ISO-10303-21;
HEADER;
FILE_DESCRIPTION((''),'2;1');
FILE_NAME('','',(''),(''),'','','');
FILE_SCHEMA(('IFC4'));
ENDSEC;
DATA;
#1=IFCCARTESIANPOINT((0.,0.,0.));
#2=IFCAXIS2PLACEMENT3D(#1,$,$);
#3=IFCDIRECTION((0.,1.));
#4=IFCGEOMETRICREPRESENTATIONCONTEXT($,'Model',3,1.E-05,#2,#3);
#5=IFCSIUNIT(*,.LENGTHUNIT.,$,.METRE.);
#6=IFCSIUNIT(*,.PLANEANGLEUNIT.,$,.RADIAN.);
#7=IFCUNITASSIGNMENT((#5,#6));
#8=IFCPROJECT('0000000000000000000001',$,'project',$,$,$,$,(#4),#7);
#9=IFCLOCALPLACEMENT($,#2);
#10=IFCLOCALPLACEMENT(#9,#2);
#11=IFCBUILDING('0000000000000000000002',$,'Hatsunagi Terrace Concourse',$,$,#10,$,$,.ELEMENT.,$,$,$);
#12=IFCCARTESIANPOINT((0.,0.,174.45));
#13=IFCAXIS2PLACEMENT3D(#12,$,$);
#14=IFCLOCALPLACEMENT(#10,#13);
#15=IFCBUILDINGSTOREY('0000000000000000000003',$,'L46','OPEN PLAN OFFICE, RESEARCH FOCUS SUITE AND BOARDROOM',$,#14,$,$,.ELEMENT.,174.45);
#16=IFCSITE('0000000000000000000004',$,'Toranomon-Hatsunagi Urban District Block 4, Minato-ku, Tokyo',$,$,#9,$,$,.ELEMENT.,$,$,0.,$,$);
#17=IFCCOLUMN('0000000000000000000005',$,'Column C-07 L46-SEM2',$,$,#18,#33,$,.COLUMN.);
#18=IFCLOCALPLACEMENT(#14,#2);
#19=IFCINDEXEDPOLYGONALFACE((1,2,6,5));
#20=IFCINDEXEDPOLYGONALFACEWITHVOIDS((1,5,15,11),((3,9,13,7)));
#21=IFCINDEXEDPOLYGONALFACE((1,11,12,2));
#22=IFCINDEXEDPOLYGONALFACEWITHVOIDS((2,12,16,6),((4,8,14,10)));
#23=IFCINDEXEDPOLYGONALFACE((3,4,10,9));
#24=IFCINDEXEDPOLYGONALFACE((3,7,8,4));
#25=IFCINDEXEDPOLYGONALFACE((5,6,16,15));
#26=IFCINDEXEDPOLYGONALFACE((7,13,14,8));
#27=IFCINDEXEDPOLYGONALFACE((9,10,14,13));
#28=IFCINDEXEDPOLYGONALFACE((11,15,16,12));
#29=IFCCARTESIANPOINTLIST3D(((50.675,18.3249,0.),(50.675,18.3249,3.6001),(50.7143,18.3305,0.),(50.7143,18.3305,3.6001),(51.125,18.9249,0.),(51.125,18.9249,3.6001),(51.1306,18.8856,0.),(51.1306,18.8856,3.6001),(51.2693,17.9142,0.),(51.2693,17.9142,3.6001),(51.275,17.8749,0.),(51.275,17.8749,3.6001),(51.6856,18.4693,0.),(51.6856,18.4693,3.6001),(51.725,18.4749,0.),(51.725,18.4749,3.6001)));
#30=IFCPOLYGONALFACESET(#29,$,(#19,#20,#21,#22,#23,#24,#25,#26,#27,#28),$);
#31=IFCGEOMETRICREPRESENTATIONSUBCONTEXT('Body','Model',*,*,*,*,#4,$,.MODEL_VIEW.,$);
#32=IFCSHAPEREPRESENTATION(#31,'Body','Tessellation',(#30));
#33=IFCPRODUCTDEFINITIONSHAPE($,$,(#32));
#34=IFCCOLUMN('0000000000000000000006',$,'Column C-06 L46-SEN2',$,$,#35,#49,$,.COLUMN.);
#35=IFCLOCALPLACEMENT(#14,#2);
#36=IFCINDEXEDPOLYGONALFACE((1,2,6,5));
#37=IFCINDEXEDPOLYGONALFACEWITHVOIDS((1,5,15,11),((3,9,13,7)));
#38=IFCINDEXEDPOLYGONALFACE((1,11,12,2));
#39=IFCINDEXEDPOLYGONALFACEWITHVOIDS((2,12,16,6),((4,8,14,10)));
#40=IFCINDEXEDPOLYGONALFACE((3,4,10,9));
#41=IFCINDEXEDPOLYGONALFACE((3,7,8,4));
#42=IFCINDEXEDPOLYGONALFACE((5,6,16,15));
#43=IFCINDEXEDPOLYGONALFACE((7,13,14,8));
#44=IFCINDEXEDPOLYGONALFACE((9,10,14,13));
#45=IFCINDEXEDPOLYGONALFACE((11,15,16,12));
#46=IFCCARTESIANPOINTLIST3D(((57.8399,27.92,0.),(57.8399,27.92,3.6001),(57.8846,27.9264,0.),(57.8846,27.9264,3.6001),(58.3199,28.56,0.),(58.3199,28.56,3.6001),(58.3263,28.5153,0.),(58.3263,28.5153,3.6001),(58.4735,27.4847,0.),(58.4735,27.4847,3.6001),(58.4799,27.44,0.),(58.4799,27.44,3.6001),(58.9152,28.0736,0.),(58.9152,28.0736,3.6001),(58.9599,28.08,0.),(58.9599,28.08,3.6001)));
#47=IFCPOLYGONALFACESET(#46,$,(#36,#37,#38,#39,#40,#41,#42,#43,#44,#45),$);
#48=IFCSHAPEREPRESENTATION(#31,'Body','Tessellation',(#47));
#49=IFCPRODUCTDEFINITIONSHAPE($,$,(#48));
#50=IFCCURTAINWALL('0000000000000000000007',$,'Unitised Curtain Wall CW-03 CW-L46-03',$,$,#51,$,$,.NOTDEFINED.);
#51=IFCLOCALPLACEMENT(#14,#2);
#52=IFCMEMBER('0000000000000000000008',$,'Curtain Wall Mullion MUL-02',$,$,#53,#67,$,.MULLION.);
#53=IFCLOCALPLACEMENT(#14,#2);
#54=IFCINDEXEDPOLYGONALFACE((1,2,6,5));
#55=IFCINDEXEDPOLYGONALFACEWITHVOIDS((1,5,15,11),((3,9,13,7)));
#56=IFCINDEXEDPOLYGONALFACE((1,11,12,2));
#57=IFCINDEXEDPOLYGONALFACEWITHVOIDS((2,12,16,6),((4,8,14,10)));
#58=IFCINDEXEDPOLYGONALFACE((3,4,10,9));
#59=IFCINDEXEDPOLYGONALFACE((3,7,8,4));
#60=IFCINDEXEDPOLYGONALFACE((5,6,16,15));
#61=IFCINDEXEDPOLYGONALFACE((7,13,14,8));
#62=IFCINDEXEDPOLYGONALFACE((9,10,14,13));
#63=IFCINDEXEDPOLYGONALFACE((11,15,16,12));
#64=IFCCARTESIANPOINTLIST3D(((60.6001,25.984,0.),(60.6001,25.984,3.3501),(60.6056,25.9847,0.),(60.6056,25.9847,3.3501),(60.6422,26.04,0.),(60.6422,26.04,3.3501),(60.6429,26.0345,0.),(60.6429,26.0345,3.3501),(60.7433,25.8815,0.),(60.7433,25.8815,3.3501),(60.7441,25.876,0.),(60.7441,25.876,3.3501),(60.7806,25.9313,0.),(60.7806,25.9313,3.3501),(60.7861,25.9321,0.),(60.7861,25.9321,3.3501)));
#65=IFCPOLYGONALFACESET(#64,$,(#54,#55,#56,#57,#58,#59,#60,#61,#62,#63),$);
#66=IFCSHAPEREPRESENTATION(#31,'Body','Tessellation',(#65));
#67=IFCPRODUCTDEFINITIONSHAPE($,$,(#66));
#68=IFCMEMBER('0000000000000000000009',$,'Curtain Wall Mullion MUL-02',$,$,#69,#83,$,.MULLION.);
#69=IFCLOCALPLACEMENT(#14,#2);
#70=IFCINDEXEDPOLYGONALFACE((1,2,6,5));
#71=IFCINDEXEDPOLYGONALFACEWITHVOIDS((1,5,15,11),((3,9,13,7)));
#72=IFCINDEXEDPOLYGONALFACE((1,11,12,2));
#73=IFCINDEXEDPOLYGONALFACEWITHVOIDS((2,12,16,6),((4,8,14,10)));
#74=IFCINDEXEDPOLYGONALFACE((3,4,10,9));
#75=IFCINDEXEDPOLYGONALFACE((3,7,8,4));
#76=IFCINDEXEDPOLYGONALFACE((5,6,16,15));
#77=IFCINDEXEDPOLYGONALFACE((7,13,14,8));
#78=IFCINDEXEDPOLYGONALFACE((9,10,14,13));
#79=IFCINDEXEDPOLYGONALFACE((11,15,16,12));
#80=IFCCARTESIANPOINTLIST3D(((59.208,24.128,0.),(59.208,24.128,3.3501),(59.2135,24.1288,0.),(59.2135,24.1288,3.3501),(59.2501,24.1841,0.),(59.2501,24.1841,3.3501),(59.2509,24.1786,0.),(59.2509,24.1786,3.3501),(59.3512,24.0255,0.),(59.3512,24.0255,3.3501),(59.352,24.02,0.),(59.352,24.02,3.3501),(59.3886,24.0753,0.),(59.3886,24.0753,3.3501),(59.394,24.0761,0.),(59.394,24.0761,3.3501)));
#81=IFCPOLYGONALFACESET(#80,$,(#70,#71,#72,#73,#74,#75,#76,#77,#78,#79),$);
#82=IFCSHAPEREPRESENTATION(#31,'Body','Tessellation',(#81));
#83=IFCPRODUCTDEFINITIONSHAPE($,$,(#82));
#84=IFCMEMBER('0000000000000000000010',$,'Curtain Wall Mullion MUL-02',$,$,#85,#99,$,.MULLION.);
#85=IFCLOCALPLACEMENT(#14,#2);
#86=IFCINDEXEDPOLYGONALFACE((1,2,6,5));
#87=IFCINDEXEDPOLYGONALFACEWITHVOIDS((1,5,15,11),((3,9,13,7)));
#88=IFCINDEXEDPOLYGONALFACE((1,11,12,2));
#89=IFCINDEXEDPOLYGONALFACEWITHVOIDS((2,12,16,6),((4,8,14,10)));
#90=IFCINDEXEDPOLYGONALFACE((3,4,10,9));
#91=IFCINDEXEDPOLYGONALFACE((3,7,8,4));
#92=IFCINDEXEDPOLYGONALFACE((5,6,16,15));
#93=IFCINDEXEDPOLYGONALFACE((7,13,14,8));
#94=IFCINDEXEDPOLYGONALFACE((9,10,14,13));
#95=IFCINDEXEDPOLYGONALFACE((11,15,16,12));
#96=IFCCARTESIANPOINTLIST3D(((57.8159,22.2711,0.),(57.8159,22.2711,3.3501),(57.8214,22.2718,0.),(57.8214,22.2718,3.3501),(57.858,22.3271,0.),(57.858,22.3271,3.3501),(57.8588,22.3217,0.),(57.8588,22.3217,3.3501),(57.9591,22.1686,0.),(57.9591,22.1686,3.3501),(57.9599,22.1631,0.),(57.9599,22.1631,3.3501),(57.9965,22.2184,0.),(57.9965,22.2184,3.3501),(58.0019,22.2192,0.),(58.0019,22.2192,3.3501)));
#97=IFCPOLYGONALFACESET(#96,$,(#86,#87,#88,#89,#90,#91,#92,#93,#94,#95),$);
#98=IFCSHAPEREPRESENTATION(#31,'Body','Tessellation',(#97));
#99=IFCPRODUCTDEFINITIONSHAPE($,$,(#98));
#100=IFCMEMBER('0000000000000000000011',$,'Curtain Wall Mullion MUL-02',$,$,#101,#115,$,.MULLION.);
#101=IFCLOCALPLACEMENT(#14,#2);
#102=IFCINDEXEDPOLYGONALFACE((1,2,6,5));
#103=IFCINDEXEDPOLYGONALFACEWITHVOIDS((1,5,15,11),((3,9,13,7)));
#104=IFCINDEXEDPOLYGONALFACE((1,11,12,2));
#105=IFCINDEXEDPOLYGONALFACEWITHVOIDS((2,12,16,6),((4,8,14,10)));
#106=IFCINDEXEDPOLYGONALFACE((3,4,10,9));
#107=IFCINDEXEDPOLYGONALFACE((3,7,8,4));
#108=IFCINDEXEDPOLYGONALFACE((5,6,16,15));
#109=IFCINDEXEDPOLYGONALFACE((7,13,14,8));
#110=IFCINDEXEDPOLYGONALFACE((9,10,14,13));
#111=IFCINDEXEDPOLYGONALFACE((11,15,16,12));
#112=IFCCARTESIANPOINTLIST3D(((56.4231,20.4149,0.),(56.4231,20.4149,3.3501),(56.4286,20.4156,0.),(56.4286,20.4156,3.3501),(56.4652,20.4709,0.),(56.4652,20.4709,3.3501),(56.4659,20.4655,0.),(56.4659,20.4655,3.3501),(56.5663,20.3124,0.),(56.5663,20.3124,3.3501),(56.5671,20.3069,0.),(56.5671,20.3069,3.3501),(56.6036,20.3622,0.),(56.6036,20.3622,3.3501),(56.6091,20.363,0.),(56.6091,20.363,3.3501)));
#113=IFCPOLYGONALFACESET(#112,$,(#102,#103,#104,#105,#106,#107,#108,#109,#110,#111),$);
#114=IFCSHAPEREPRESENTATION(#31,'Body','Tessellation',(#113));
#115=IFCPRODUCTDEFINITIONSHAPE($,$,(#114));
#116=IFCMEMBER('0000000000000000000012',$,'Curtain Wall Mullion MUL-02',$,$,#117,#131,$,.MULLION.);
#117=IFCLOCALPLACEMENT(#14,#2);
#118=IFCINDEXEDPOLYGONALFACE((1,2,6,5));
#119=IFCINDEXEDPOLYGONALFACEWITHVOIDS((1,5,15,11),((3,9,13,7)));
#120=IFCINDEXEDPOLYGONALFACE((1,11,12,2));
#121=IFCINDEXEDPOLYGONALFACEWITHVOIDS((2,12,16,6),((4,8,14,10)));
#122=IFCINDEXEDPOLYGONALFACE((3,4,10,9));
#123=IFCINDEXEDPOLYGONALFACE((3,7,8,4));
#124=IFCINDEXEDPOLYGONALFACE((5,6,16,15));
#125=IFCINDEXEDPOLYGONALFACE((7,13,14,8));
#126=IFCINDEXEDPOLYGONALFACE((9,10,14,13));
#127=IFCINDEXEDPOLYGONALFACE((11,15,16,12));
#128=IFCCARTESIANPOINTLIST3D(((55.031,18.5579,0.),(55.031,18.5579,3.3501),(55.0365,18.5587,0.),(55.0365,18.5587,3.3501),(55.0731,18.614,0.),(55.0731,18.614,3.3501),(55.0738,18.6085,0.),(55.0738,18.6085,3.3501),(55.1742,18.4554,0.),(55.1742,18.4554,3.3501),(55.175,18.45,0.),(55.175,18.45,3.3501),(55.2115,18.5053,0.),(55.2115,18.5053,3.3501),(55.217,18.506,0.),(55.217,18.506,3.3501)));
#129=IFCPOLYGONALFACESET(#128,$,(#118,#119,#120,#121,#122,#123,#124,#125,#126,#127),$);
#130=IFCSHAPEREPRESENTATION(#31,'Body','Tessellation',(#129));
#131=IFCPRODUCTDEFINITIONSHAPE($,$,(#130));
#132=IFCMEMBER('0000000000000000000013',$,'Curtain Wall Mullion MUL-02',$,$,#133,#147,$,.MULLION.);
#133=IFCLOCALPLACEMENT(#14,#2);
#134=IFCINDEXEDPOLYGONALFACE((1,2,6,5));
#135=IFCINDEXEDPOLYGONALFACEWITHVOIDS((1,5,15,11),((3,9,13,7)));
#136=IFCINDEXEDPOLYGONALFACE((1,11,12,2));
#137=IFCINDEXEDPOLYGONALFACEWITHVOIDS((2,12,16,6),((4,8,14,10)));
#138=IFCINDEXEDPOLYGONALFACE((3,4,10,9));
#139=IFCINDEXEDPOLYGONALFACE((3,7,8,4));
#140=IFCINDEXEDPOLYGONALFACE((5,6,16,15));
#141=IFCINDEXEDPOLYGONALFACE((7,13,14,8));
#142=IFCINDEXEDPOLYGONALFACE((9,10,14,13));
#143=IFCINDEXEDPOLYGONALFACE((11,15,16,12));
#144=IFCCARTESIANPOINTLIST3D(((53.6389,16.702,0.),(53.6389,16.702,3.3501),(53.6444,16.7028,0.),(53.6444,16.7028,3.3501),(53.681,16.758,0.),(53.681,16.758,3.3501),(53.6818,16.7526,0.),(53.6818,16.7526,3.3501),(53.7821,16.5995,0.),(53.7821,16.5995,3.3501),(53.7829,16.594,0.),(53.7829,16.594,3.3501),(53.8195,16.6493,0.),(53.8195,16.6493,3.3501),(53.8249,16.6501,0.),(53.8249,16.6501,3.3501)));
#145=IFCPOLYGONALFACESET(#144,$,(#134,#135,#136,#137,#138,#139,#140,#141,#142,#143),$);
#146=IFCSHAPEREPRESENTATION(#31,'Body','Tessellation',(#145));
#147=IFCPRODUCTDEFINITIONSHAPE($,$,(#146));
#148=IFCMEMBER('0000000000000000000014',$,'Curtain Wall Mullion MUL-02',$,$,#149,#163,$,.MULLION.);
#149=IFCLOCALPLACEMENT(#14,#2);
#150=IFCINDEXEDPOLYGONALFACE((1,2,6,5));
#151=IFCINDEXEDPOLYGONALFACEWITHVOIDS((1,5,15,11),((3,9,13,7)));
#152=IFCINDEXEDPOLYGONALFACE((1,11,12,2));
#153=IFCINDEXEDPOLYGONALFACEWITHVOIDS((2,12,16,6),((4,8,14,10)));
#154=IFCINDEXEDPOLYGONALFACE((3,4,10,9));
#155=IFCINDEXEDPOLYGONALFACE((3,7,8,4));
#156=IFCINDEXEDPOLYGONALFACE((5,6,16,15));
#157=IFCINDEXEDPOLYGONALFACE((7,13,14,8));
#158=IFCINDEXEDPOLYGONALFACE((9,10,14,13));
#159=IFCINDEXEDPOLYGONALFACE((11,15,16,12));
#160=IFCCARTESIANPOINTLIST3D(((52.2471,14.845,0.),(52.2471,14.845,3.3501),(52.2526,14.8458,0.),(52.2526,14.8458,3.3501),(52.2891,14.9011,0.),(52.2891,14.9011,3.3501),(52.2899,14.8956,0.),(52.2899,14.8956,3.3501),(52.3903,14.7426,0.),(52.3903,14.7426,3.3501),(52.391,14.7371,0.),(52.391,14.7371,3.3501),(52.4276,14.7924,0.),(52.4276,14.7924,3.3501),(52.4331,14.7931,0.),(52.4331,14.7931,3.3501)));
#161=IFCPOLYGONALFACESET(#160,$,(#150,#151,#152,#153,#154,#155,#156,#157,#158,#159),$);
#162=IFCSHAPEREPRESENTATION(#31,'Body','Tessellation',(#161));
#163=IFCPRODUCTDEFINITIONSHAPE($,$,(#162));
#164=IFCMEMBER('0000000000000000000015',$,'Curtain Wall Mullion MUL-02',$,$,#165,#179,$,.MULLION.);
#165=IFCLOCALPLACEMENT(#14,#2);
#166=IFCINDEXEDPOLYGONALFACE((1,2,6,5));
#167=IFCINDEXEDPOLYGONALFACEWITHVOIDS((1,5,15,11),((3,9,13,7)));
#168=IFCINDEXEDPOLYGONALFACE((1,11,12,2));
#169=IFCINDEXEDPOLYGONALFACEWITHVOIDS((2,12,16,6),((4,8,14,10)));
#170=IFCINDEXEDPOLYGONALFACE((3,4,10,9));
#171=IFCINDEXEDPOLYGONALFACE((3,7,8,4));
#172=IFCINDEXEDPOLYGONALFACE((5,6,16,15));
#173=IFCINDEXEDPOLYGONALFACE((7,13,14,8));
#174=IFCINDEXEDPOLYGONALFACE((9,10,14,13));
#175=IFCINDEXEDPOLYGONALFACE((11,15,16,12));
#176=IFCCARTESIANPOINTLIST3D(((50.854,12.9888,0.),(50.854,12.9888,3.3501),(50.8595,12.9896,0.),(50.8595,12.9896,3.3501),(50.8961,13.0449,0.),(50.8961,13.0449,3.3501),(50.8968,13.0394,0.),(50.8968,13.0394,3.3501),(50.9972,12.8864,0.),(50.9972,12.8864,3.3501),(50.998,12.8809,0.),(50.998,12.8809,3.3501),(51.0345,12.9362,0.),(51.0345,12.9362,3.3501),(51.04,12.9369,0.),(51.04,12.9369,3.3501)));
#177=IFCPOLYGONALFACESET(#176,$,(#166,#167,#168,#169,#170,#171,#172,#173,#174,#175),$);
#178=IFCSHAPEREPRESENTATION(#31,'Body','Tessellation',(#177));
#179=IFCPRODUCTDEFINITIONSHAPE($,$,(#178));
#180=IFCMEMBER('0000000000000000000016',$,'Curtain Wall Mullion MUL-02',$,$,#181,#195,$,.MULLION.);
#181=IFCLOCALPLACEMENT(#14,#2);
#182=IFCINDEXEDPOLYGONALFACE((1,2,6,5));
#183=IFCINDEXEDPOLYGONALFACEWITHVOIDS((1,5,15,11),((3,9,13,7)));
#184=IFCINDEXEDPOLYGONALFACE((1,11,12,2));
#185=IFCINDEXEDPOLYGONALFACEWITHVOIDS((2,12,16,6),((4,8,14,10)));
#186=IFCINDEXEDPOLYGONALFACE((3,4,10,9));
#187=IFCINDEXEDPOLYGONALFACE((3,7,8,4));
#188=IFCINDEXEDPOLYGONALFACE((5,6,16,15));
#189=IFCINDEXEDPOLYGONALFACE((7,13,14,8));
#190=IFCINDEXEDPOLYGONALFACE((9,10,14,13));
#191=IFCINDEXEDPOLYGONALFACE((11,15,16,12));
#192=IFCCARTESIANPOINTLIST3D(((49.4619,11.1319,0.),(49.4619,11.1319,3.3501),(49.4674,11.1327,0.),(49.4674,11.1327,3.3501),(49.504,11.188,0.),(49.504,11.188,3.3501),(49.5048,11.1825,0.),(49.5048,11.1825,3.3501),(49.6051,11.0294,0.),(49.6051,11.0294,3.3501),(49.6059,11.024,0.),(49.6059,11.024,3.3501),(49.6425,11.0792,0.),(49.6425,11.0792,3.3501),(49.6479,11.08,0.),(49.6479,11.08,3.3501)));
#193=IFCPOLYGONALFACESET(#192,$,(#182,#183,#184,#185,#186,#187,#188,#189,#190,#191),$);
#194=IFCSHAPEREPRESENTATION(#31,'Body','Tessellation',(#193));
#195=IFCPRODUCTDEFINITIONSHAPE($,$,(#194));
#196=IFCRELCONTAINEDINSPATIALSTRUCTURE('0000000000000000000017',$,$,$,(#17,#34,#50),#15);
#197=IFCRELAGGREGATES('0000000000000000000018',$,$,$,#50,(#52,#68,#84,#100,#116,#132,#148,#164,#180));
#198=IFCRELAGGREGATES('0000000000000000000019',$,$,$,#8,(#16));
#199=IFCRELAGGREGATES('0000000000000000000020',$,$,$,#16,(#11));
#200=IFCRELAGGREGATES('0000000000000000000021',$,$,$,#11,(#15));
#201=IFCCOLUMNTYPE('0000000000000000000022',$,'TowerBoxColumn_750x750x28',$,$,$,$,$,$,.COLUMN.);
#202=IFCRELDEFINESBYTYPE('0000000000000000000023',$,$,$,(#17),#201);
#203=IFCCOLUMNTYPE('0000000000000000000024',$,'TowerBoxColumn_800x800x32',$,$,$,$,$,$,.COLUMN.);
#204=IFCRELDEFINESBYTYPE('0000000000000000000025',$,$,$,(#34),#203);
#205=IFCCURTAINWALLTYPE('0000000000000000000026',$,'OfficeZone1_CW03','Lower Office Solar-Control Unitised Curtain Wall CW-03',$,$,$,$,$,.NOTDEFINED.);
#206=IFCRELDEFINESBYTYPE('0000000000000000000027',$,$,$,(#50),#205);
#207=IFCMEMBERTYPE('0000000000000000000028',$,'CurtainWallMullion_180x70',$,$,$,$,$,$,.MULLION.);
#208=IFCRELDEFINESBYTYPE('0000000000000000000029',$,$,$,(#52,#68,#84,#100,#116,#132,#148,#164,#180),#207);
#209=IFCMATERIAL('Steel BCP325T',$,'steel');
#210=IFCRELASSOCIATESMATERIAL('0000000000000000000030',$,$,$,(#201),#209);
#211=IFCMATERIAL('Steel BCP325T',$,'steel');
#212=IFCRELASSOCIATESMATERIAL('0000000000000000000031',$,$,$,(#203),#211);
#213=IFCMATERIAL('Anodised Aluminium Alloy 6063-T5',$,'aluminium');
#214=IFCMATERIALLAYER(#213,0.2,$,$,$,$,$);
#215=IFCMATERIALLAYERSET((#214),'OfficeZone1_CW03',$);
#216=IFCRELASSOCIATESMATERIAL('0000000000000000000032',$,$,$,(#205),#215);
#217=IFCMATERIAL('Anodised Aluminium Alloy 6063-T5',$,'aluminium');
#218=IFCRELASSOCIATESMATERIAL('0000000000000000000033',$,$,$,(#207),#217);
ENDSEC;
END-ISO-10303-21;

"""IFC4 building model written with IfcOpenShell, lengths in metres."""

from ifc_helpers import new_model, si_unit, direction, frame, origin, origin_2d, place, context, subcontext, project, spatial, hollow_rectangle, extrude, material, layer, layer_set, material_profile, profile_set, type_object, element, aggregate, save


model = new_model("IFC4")

# Units and contexts
model_context = context("Model", 3, precision=1e-05, world=origin(), true_north=direction((0.0, 1.0)))
body_context = subcontext(model_context, "Body", "Model", "MODEL_VIEW")
ifc_project = project(units=[si_unit("LENGTHUNIT", "METRE"), si_unit("PLANEANGLEUNIT", "RADIAN")], contexts=[model_context])

# Site, building, storey
site_placement = place(None, origin())
site = spatial("IfcSite", under=ifc_project, at=site_placement, Name="Toranomon-Hatsunagi Urban District Block 4, Minato-ku, Tokyo", CompositionType="ELEMENT", RefElevation=0.0)
building_placement = place(site_placement, origin())
building = spatial("IfcBuilding", under=site, at=building_placement, Name="Hatsunagi Terrace Concourse", CompositionType="ELEMENT")
storey_placement = place(building_placement, frame((0.0, 0.0, 174.45)))
storey = spatial("IfcBuildingStorey", under=building, at=storey_placement, Name="L46", Description="OPEN PLAN OFFICE, RESEARCH FOCUS SUITE AND BOARDROOM", CompositionType="ELEMENT", Elevation=174.45)

# Columns
ifc_material_1 = material(Name="Steel BCP325T", Category="steel")
ifc_material_profile_1 = material_profile(ifc_material_1, hollow_rectangle(XDim=0.75, YDim=0.75, WallThickness=0.0281, at=origin_2d()), Name="BCP-750x750x28")
ifc_profile_set_1 = profile_set([ifc_material_profile_1], Name="Steel BCP325T")
column_type_1 = type_object("IfcColumnType", Name="TowerBoxColumn_750x750x28", PredefinedType="COLUMN", material=ifc_profile_set_1)
column_1_placement = place(storey_placement, frame((51.2, 18.3999, 0.0), z_axis=(0.0, 0.0, 1.0), x_axis=(0.8, -0.6, 0.0)))
element("IfcColumn", 1, at=column_1_placement, inside=storey, type_object=column_type_1, Name="Column C-07 L46-SEM2", PredefinedType="COLUMN", context=body_context, shape_type="SweptSolid", body=[
    extrude(hollow_rectangle(XDim=0.75, YDim=0.75, WallThickness=0.0281, at=origin_2d()), origin(), (0.0, 0.0, 1.0), 3.6001),
])
ifc_material_2 = material(Name="Steel BCP325T", Category="steel")
ifc_material_profile_2 = material_profile(ifc_material_2, hollow_rectangle(XDim=0.8, YDim=0.8, WallThickness=0.032, at=origin_2d()), Name="BCP-800x800x32")
ifc_profile_set_2 = profile_set([ifc_material_profile_2], Name="Steel BCP325T")
column_type_2 = type_object("IfcColumnType", Name="TowerBoxColumn_800x800x32", PredefinedType="COLUMN", material=ifc_profile_set_2)
column_2_placement = place(storey_placement, frame((58.3999, 28.0, 0.0), z_axis=(0.0, 0.0, 1.0), x_axis=(0.8, -0.6, 0.0)))
element("IfcColumn", 2, at=column_2_placement, inside=storey, type_object=column_type_2, Name="Column C-06 L46-SEN2", PredefinedType="COLUMN", context=body_context, shape_type="SweptSolid", body=[
    extrude(hollow_rectangle(XDim=0.8, YDim=0.8, WallThickness=0.032, at=origin_2d()), origin(), (0.0, 0.0, 1.0), 3.6001),
])

# Curtain wall, members
ifc_material_3 = material(Name="Anodised Aluminium Alloy 6063-T5", Category="aluminium")
ifc_layer_1 = layer(ifc_material_3, 0.2)
ifc_layer_set_1 = layer_set([ifc_layer_1], Name="OfficeZone1_CW03")
curtain_wall_type = type_object("IfcCurtainWallType", Name="OfficeZone1_CW03", Description="Lower Office Solar-Control Unitised Curtain Wall CW-03", PredefinedType="NOTDEFINED", material=ifc_layer_set_1)
curtain_wall_placement = place(storey_placement, origin())
curtain_wall = element("IfcCurtainWall", 3, at=curtain_wall_placement, inside=storey, type_object=curtain_wall_type, Name="Unitised Curtain Wall CW-03 CW-L46-03", PredefinedType="NOTDEFINED")
ifc_material_4 = material(Name="Anodised Aluminium Alloy 6063-T5", Category="aluminium")
ifc_material_profile_3 = material_profile(ifc_material_4, hollow_rectangle(XDim=0.0701, YDim=0.1799, WallThickness=0.0039, at=origin_2d()), Name="ALU-MUL-180x70x4")
ifc_profile_set_3 = profile_set([ifc_material_profile_3], Name="Anodised Aluminium Alloy 6063-T5")
member_type_1 = type_object("IfcMemberType", Name="CurtainWallMullion_180x70", PredefinedType="MULLION", material=ifc_profile_set_3)
member_1_placement = place(storey_placement, frame((60.6931, 25.958, 0.0), z_axis=(0.0, 0.0, 1.0), x_axis=(-0.599969, -0.800023, 0.0)))
member_1 = element("IfcMember", 4, at=member_1_placement, type_object=member_type_1, Name="Curtain Wall Mullion MUL-02", PredefinedType="MULLION", context=body_context, shape_type="SweptSolid", body=[
    extrude(hollow_rectangle(XDim=0.0701, YDim=0.1799, WallThickness=0.0039, at=origin_2d()), origin(), (0.0, 0.0, 1.0), 3.3501),
])
member_2_placement = place(storey_placement, frame((59.301, 24.1021, 0.0), z_axis=(0.0, 0.0, 1.0), x_axis=(-0.599969, -0.800023, 0.0)))
member_2 = element("IfcMember", 5, at=member_2_placement, type_object=member_type_1, Name="Curtain Wall Mullion MUL-02", PredefinedType="MULLION", context=body_context, shape_type="SweptSolid", body=[
    extrude(hollow_rectangle(XDim=0.0701, YDim=0.1799, WallThickness=0.0039, at=origin_2d()), origin(), (0.0, 0.0, 1.0), 3.3501),
])
member_3_placement = place(storey_placement, frame((57.9089, 22.2451, 0.0), z_axis=(0.0, 0.0, 1.0), x_axis=(-0.599969, -0.800023, 0.0)))
member_3 = element("IfcMember", 6, at=member_3_placement, type_object=member_type_1, Name="Curtain Wall Mullion MUL-02", PredefinedType="MULLION", context=body_context, shape_type="SweptSolid", body=[
    extrude(hollow_rectangle(XDim=0.0701, YDim=0.1799, WallThickness=0.0039, at=origin_2d()), origin(), (0.0, 0.0, 1.0), 3.3501),
])
member_4_placement = place(storey_placement, frame((56.5161, 20.3889, 0.0), z_axis=(0.0, 0.0, 1.0), x_axis=(-0.599969, -0.800023, 0.0)))
member_4 = element("IfcMember", 7, at=member_4_placement, type_object=member_type_1, Name="Curtain Wall Mullion MUL-02", PredefinedType="MULLION", context=body_context, shape_type="SweptSolid", body=[
    extrude(hollow_rectangle(XDim=0.0701, YDim=0.1799, WallThickness=0.0039, at=origin_2d()), origin(), (0.0, 0.0, 1.0), 3.3501),
])
member_5_placement = place(storey_placement, frame((55.124, 18.532, 0.0), z_axis=(0.0, 0.0, 1.0), x_axis=(-0.599969, -0.800023, 0.0)))
member_5 = element("IfcMember", 8, at=member_5_placement, type_object=member_type_1, Name="Curtain Wall Mullion MUL-02", PredefinedType="MULLION", context=body_context, shape_type="SweptSolid", body=[
    extrude(hollow_rectangle(XDim=0.0701, YDim=0.1799, WallThickness=0.0039, at=origin_2d()), origin(), (0.0, 0.0, 1.0), 3.3501),
])
member_6_placement = place(storey_placement, frame((53.7319, 16.676, 0.0), z_axis=(0.0, 0.0, 1.0), x_axis=(-0.599969, -0.800023, 0.0)))
member_6 = element("IfcMember", 9, at=member_6_placement, type_object=member_type_1, Name="Curtain Wall Mullion MUL-02", PredefinedType="MULLION", context=body_context, shape_type="SweptSolid", body=[
    extrude(hollow_rectangle(XDim=0.0701, YDim=0.1799, WallThickness=0.0039, at=origin_2d()), origin(), (0.0, 0.0, 1.0), 3.3501),
])
member_7_placement = place(storey_placement, frame((52.3401, 14.8191, 0.0), z_axis=(0.0, 0.0, 1.0), x_axis=(-0.599969, -0.800023, 0.0)))
member_7 = element("IfcMember", 10, at=member_7_placement, type_object=member_type_1, Name="Curtain Wall Mullion MUL-02", PredefinedType="MULLION", context=body_context, shape_type="SweptSolid", body=[
    extrude(hollow_rectangle(XDim=0.0701, YDim=0.1799, WallThickness=0.0039, at=origin_2d()), origin(), (0.0, 0.0, 1.0), 3.3501),
])
member_8_placement = place(storey_placement, frame((50.947, 12.9629, 0.0), z_axis=(0.0, 0.0, 1.0), x_axis=(-0.599969, -0.800023, 0.0)))
member_8 = element("IfcMember", 11, at=member_8_placement, type_object=member_type_1, Name="Curtain Wall Mullion MUL-02", PredefinedType="MULLION", context=body_context, shape_type="SweptSolid", body=[
    extrude(hollow_rectangle(XDim=0.0701, YDim=0.1799, WallThickness=0.0039, at=origin_2d()), origin(), (0.0, 0.0, 1.0), 3.3501),
])
member_9_placement = place(storey_placement, frame((49.5549, 11.106, 0.0), z_axis=(0.0, 0.0, 1.0), x_axis=(-0.599969, -0.800023, 0.0)))
member_9 = element("IfcMember", 12, at=member_9_placement, type_object=member_type_1, Name="Curtain Wall Mullion MUL-02", PredefinedType="MULLION", context=body_context, shape_type="SweptSolid", body=[
    extrude(hollow_rectangle(XDim=0.0701, YDim=0.1799, WallThickness=0.0039, at=origin_2d()), origin(), (0.0, 0.0, 1.0), 3.3501),
])

aggregate(curtain_wall, [member_1, member_2, member_3, member_4, member_5, member_6, member_7, member_8, member_9])

save(model, "model.ifc")
